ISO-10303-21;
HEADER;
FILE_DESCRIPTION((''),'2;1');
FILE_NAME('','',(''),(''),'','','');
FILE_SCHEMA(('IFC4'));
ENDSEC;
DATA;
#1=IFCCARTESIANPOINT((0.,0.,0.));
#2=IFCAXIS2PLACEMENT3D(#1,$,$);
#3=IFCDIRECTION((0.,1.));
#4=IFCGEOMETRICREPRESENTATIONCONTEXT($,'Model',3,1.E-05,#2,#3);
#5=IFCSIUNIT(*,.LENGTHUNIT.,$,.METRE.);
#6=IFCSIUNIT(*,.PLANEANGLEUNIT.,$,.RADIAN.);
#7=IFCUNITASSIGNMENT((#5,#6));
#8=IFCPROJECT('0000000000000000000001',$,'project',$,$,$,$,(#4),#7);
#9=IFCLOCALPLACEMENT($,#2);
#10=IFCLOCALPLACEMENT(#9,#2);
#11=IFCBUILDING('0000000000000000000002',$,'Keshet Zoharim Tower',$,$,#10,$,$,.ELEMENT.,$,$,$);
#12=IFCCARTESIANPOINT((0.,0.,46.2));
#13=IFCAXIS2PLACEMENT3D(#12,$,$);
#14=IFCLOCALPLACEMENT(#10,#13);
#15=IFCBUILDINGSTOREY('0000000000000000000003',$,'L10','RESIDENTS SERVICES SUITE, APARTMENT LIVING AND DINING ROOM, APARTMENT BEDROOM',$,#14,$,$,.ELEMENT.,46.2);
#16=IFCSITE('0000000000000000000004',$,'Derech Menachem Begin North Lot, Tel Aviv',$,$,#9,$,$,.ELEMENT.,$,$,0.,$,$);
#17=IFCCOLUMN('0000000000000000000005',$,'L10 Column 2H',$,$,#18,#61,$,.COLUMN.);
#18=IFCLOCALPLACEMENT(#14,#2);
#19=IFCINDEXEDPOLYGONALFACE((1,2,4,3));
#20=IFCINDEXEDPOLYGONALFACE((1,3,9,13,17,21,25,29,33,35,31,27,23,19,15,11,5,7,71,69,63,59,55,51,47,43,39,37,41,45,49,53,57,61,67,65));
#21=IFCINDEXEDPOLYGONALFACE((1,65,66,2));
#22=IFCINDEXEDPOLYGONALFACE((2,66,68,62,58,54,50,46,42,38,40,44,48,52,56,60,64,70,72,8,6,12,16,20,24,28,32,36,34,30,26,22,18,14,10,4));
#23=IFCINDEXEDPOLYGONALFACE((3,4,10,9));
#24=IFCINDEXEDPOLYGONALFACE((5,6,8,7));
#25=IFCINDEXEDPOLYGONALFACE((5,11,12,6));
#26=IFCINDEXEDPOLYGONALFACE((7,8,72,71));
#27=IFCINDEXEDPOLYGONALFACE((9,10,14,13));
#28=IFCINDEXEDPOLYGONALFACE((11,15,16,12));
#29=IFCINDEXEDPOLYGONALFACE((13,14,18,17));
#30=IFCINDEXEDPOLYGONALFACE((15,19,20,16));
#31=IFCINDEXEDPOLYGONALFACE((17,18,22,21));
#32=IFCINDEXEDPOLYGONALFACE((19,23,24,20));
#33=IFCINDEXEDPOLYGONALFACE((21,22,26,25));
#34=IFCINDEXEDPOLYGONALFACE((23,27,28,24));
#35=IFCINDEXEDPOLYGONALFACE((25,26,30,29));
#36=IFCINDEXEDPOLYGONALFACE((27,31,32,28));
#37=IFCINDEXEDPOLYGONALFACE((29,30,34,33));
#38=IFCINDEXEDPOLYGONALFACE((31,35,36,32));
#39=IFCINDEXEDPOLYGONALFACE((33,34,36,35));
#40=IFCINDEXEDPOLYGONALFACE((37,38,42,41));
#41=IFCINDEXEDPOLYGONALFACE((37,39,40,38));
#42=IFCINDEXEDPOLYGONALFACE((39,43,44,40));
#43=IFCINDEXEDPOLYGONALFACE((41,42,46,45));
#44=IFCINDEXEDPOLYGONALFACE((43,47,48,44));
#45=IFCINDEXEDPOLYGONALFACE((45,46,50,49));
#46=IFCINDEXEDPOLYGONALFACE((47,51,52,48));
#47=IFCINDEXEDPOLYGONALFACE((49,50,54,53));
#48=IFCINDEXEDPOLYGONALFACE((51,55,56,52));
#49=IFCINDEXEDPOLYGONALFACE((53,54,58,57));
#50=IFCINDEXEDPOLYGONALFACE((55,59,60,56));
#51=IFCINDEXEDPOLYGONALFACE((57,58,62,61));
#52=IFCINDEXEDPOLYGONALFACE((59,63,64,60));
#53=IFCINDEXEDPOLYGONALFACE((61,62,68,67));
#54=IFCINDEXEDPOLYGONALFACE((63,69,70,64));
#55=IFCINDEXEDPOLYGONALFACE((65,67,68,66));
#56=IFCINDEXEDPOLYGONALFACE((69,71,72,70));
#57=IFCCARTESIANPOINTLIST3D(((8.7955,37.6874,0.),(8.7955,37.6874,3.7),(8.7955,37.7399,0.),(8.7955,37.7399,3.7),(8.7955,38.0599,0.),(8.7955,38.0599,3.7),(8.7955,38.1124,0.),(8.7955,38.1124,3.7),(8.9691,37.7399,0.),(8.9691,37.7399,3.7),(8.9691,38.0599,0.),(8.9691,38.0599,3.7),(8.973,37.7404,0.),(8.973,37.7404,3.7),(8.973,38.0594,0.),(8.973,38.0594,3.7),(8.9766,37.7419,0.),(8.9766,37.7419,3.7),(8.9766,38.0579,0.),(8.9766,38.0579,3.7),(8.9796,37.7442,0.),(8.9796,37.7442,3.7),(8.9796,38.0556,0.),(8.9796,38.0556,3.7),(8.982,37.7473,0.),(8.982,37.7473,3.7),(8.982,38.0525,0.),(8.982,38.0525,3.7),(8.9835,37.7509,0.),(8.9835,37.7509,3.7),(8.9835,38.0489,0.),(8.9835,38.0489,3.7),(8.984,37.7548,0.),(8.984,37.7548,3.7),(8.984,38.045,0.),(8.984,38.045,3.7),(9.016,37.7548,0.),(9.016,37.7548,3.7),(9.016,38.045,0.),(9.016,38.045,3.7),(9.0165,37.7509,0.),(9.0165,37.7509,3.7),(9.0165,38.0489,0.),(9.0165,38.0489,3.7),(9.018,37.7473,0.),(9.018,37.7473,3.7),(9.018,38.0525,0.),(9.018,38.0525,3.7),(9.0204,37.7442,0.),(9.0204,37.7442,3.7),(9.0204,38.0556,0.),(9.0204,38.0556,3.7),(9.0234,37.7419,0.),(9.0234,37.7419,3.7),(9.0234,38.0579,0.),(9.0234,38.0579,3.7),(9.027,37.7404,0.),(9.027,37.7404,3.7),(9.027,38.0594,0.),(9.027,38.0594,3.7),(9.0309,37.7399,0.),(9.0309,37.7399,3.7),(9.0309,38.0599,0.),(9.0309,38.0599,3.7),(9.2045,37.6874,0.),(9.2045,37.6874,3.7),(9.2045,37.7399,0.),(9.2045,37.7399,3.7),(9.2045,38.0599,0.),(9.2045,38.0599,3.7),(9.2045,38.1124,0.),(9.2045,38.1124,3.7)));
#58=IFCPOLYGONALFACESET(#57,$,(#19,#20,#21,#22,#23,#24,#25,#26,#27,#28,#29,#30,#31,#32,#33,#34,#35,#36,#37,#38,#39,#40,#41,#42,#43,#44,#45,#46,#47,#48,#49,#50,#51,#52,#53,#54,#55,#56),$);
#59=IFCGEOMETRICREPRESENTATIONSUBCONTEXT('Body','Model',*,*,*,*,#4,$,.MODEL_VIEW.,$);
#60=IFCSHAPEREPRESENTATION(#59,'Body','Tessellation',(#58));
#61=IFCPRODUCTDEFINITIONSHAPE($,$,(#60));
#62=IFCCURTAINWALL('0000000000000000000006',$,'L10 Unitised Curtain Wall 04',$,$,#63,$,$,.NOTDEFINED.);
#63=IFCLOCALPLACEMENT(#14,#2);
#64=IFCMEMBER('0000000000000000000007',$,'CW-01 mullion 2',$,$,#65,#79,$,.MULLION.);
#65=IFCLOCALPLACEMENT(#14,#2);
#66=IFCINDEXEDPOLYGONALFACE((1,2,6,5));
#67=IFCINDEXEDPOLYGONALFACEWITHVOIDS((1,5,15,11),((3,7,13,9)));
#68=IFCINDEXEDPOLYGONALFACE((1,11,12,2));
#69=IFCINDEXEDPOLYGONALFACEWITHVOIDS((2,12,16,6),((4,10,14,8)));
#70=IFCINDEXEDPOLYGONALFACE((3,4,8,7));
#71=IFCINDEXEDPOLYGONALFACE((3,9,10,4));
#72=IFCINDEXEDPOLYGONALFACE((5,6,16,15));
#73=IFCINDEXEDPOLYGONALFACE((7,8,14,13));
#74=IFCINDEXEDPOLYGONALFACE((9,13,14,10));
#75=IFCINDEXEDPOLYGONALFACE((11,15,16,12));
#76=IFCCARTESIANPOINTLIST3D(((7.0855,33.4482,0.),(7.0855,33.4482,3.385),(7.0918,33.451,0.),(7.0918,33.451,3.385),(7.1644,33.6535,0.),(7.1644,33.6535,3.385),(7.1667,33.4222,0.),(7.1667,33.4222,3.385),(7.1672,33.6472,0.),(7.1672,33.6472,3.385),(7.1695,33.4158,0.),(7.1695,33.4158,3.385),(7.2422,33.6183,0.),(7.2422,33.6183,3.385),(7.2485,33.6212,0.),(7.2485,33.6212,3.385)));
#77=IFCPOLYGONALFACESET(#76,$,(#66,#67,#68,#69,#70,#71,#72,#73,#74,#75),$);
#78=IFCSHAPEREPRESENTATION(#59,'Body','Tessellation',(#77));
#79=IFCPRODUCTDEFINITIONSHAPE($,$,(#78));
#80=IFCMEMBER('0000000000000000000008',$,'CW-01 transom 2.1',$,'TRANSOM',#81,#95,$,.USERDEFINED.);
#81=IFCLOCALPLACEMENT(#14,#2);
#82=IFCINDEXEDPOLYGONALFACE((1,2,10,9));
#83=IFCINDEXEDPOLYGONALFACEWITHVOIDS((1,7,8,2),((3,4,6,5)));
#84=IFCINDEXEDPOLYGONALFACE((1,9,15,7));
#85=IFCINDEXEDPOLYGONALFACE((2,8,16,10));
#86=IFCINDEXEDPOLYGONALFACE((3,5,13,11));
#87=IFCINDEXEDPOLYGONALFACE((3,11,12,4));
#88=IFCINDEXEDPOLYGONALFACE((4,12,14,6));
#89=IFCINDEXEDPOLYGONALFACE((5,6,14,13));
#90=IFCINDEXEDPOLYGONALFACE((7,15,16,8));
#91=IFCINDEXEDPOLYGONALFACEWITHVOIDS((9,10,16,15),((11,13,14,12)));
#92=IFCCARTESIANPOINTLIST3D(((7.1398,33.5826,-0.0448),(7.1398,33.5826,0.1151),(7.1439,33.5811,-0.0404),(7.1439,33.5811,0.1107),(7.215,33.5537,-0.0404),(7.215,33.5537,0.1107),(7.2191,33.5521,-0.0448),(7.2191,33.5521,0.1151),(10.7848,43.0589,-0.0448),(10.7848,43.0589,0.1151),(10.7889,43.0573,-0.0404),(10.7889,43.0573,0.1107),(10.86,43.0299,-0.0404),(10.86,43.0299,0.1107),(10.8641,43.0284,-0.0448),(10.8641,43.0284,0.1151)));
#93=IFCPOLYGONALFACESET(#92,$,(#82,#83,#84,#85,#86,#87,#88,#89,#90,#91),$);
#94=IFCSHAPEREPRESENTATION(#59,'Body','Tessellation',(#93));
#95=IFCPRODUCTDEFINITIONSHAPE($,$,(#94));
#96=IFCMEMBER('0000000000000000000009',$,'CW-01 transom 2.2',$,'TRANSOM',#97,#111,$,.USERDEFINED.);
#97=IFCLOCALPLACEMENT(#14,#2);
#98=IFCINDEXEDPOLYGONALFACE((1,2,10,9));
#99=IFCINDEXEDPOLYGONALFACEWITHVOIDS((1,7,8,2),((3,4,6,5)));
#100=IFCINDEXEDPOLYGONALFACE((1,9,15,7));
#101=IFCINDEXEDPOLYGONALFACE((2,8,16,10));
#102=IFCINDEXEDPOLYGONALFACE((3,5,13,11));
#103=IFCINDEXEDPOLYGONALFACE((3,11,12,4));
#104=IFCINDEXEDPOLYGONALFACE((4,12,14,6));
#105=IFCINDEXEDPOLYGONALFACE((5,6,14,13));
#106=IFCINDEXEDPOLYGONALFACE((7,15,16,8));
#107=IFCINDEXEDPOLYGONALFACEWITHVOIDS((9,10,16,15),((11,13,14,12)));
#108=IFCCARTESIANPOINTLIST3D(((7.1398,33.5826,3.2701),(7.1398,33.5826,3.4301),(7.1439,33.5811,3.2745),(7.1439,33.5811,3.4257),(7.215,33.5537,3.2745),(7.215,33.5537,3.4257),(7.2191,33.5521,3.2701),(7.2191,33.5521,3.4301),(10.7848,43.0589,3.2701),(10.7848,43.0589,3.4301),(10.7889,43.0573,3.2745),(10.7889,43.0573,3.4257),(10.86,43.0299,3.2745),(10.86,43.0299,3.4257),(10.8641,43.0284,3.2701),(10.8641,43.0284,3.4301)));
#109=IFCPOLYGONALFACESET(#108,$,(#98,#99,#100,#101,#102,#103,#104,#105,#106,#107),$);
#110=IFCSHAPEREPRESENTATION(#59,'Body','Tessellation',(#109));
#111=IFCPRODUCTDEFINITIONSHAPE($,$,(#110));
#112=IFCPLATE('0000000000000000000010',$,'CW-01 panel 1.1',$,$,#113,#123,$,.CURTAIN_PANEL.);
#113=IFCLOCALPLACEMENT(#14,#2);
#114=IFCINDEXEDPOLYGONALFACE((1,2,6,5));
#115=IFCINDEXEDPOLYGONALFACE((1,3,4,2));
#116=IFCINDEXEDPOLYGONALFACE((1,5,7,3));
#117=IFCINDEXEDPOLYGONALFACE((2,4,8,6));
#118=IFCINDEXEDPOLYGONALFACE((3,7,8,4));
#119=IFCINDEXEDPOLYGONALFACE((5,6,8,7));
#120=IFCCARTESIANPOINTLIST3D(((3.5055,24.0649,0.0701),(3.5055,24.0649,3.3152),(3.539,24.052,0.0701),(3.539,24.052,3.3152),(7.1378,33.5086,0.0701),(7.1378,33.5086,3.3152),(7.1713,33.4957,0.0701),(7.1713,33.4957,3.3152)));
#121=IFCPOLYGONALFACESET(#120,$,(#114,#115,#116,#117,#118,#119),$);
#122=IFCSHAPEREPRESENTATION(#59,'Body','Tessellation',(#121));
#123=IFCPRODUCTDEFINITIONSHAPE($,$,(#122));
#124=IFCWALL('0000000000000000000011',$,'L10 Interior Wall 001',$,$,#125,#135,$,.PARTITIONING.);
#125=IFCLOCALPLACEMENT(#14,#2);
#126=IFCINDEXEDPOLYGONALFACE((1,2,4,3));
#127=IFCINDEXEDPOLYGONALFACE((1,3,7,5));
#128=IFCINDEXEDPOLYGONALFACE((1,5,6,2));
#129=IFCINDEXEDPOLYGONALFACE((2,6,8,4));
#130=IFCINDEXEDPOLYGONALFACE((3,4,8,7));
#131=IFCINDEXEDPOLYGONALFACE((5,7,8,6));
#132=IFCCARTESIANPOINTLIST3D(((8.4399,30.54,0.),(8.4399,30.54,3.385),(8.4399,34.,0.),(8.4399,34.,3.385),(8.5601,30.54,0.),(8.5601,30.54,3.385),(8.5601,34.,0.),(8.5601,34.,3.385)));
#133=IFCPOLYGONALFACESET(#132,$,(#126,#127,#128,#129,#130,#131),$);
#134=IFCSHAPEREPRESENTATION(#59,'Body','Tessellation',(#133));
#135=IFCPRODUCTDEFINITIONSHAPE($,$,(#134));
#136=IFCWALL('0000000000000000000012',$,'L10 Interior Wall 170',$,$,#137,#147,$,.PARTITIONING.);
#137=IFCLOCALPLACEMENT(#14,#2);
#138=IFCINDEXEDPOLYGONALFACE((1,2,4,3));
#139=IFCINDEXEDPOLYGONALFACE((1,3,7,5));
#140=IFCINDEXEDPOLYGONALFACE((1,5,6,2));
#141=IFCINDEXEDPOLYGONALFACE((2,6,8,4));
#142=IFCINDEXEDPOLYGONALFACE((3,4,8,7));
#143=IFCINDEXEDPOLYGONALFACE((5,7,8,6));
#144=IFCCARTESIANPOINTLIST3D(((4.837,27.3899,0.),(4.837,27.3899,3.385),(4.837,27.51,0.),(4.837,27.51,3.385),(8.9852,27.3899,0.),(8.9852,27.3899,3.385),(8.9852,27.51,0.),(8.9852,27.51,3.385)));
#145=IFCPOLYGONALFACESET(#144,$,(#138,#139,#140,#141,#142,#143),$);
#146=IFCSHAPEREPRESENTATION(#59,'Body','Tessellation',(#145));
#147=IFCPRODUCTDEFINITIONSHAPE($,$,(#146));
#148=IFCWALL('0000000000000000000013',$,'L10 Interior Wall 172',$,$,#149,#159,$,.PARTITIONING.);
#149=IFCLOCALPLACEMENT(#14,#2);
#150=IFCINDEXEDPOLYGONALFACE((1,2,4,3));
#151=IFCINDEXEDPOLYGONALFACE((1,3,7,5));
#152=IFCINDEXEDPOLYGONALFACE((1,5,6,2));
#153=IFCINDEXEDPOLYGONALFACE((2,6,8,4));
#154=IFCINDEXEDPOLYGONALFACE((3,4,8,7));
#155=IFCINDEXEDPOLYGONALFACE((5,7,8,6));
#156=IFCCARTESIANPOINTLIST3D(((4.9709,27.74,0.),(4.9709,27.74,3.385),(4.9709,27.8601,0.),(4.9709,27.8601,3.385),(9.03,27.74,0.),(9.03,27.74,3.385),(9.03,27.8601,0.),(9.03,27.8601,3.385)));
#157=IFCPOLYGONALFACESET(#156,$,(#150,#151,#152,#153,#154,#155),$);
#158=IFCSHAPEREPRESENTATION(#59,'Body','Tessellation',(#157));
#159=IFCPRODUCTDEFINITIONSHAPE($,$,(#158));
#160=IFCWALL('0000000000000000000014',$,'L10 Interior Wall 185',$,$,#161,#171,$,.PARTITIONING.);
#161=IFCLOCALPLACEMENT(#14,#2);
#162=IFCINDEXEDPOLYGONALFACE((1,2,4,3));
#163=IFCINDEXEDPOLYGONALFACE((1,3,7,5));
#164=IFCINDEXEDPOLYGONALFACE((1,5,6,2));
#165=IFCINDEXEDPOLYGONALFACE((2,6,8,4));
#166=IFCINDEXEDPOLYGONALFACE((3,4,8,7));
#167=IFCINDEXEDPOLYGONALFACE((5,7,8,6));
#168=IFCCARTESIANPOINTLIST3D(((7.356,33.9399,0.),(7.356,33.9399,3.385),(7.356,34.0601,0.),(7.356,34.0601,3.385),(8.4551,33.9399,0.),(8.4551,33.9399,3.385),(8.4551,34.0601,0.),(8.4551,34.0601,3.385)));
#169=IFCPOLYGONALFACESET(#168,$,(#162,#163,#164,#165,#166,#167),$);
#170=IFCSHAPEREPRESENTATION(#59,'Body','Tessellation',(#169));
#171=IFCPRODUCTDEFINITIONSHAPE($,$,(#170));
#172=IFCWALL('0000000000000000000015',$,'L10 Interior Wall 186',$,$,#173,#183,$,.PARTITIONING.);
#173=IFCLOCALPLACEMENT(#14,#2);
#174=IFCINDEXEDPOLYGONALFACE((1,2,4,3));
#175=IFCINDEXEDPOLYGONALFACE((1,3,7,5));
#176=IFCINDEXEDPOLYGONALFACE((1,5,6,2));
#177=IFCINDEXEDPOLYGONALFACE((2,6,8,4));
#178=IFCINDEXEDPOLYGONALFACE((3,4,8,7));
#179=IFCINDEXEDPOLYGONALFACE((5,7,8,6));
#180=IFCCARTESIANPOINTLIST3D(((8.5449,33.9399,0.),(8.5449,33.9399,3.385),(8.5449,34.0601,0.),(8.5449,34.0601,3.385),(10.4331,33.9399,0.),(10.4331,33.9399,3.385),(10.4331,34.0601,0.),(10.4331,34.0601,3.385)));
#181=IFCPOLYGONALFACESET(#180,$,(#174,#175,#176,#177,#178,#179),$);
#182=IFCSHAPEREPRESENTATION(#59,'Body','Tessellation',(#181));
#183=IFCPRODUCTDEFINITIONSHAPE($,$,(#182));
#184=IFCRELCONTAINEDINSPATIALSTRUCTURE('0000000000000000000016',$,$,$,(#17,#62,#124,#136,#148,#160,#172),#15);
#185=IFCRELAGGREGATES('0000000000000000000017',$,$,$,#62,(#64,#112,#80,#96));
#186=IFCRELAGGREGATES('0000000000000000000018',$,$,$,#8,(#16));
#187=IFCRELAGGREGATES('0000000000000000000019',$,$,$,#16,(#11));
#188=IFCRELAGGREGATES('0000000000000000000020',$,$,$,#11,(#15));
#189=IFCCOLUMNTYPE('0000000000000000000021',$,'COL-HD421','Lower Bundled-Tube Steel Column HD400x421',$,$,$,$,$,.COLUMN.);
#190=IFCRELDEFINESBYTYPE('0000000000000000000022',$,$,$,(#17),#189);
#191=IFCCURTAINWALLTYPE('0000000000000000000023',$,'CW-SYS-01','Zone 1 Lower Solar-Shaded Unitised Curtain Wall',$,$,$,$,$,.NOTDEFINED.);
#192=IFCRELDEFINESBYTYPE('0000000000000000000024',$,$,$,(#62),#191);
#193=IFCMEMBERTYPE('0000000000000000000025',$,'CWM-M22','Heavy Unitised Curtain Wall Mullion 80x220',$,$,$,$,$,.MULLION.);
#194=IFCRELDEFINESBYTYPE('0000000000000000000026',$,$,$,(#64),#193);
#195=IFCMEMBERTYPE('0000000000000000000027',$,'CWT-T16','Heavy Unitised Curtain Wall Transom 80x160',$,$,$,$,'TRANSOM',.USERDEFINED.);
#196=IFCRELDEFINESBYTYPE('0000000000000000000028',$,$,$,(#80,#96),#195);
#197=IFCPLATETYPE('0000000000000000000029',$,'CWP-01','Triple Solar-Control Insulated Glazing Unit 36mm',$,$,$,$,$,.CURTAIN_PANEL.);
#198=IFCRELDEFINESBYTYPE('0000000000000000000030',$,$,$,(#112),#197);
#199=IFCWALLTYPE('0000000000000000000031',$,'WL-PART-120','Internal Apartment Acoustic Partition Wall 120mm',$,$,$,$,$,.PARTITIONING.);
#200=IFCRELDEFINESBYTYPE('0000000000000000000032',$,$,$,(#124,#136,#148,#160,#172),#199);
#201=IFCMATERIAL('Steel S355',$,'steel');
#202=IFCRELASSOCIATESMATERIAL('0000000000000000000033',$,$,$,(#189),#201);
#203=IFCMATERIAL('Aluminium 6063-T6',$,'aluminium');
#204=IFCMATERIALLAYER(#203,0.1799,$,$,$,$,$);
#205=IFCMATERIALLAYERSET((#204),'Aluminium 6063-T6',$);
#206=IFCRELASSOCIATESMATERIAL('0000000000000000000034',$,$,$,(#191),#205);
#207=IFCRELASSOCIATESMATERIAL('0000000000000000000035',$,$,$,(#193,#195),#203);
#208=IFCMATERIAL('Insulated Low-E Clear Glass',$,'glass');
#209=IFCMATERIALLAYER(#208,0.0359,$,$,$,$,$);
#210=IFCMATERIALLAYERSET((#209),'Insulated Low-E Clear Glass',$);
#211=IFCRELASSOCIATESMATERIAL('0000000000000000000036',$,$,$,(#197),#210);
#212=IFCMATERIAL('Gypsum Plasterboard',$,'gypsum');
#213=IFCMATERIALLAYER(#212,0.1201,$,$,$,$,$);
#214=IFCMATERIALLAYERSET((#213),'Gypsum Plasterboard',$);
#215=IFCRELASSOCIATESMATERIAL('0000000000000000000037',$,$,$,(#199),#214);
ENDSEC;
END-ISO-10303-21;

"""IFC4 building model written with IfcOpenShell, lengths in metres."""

from ifc_helpers import new_model, si_unit, direction, frame, frame_2d, origin, origin_2d, place, context, subcontext, project, spatial, rectangle, hollow_rectangle, i_section, extrude, material, layer, layer_set, material_profile, profile_set, type_object, element, aggregate, save


model = new_model("IFC4")

# Units and contexts
model_context = context("Model", 3, precision=1e-05, world=origin(), true_north=direction((0.0, 1.0)))
body_context = subcontext(model_context, "Body", "Model", "MODEL_VIEW")
ifc_project = project(units=[si_unit("LENGTHUNIT", "METRE"), si_unit("PLANEANGLEUNIT", "RADIAN")], contexts=[model_context])

# Site, building, storey
site_placement = place(None, origin())
site = spatial("IfcSite", under=ifc_project, at=site_placement, Name="Derech Menachem Begin North Lot, Tel Aviv", CompositionType="ELEMENT", RefElevation=0.0)
building_placement = place(site_placement, origin())
building = spatial("IfcBuilding", under=site, at=building_placement, Name="Keshet Zoharim Tower", CompositionType="ELEMENT")
storey_placement = place(building_placement, frame((0.0, 0.0, 46.2)))
storey = spatial("IfcBuildingStorey", under=building, at=storey_placement, Name="L10", Description="RESIDENTS SERVICES SUITE, APARTMENT LIVING AND DINING ROOM, APARTMENT BEDROOM", CompositionType="ELEMENT", Elevation=46.2)

# Column
ifc_material_1 = material(Name="Steel S355", Category="steel")
ifc_material_profile_1 = material_profile(ifc_material_1, i_section(OverallWidth=0.4089, OverallDepth=0.425, WebThickness=0.032, FlangeThickness=0.0525, FilletRadius=0.0149, at=origin_2d()), Name="HD400x421")
ifc_profile_set_1 = profile_set([ifc_material_profile_1], Name="Steel S355")
column_type = type_object("IfcColumnType", Name="COL-HD421", Description="Lower Bundled-Tube Steel Column HD400x421", PredefinedType="COLUMN", material=ifc_profile_set_1)
column_placement = place(storey_placement, frame((9.0, 37.8999, 0.0), z_axis=(0.0, 0.0, 1.0), x_axis=(1.0, 0.0, 0.0)))
element("IfcColumn", 1, at=column_placement, inside=storey, type_object=column_type, Name="L10 Column 2H", PredefinedType="COLUMN", context=body_context, shape_type="SweptSolid", body=[
    extrude(i_section(OverallWidth=0.4089, OverallDepth=0.425, WebThickness=0.032, FlangeThickness=0.0525, FilletRadius=0.0149, at=origin_2d()), origin(), (0.0, 0.0, 1.0), 3.7),
])

# Curtain wall, members, plate
ifc_material_2 = material(Name="Aluminium 6063-T6", Category="aluminium")
ifc_layer_1 = layer(ifc_material_2, 0.1799)
ifc_layer_set_1 = layer_set([ifc_layer_1], Name="Aluminium 6063-T6")
curtain_wall_type = type_object("IfcCurtainWallType", Name="CW-SYS-01", Description="Zone 1 Lower Solar-Shaded Unitised Curtain Wall", PredefinedType="NOTDEFINED", material=ifc_layer_set_1)
curtain_wall_placement = place(storey_placement, origin())
curtain_wall = element("IfcCurtainWall", 2, at=curtain_wall_placement, inside=storey, type_object=curtain_wall_type, Name="L10 Unitised Curtain Wall 04", PredefinedType="NOTDEFINED")
ifc_material_profile_2 = material_profile(ifc_material_2, hollow_rectangle(XDim=0.0901, YDim=0.22, WallThickness=0.0049, at=origin_2d()), Name="MUL-90x220")
ifc_profile_set_2 = profile_set([ifc_material_profile_2], Name="Aluminium 6063-T6")
member_type_1 = type_object("IfcMemberType", Name="CWM-M22", Description="Heavy Unitised Curtain Wall Mullion 80x220", PredefinedType="MULLION", material=ifc_profile_set_2)
member_1_placement = place(storey_placement, frame((7.167, 33.5347, 0.0), z_axis=(0.0, 0.0, 1.0), x_axis=(-0.933341, 0.35899, 0.0)))
member_1 = element("IfcMember", 3, at=member_1_placement, type_object=member_type_1, Name="CW-01 mullion 2", PredefinedType="MULLION", context=body_context, shape_type="SweptSolid", body=[
    extrude(hollow_rectangle(XDim=0.0901, YDim=0.22, WallThickness=0.0049, at=origin_2d()), origin(), (0.0, 0.0, 1.0), 3.385),
])
ifc_material_profile_3 = material_profile(ifc_material_2, hollow_rectangle(XDim=0.085, YDim=0.1599, WallThickness=0.0044, at=origin_2d()), Name="TRN-85x160")
ifc_profile_set_3 = profile_set([ifc_material_profile_3], Name="Aluminium 6063-T6")
member_type_2 = type_object("IfcMemberType", Name="CWT-T16", Description="Heavy Unitised Curtain Wall Transom 80x160", ElementType="TRANSOM", PredefinedType="USERDEFINED", material=ifc_profile_set_3)
member_2_placement = place(storey_placement, frame((7.1794, 33.5674, 0.0352), z_axis=(0.359003, 0.933336, 0.0), x_axis=(-0.933336, 0.359003, 0.0)))
member_2 = element("IfcMember", 4, at=member_2_placement, type_object=member_type_2, Name="CW-01 transom 2.1", ObjectType="TRANSOM", PredefinedType="USERDEFINED", context=body_context, shape_type="SweptSolid", body=[
    extrude(hollow_rectangle(XDim=0.085, YDim=0.1599, WallThickness=0.0044, at=origin_2d()), origin(), (0.0, 0.0, 1.0), 10.1531),
])
member_3_placement = place(storey_placement, frame((7.1794, 33.5674, 3.3501), z_axis=(0.359003, 0.933336, 0.0), x_axis=(-0.933336, 0.359003, 0.0)))
member_3 = element("IfcMember", 5, at=member_3_placement, type_object=member_type_2, Name="CW-01 transom 2.2", ObjectType="TRANSOM", PredefinedType="USERDEFINED", context=body_context, shape_type="SweptSolid", body=[
    extrude(hollow_rectangle(XDim=0.085, YDim=0.1599, WallThickness=0.0044, at=origin_2d()), origin(), (0.0, 0.0, 1.0), 10.1531),
])
ifc_material_3 = material(Name="Insulated Low-E Clear Glass", Category="glass")
ifc_layer_2 = layer(ifc_material_3, 0.0359)
ifc_layer_set_2 = layer_set([ifc_layer_2], Name="Insulated Low-E Clear Glass")
plate_type = type_object("IfcPlateType", Name="CWP-01", Description="Triple Solar-Control Insulated Glazing Unit 36mm", PredefinedType="CURTAIN_PANEL", material=ifc_layer_set_2)
plate_placement = place(storey_placement, frame((5.3384, 28.7803, 0.0701), z_axis=(0.0, 0.0, 1.0), x_axis=(0.35899, 0.933341, 0.0)))
plate = element("IfcPlate", 6, at=plate_placement, type_object=plate_type, Name="CW-01 panel 1.1", PredefinedType="CURTAIN_PANEL", context=body_context, shape_type="SweptSolid", body=[
    extrude(rectangle(XDim=10.1182, YDim=0.0359, at=origin_2d()), origin(), (0.0, 0.0, 1.0), 3.2451),
])
aggregate(curtain_wall, [member_1, plate, member_2, member_3])

# Wall
ifc_material_4 = material(Name="Gypsum Plasterboard", Category="gypsum")
ifc_layer_3 = layer(ifc_material_4, 0.1201)
ifc_layer_set_3 = layer_set([ifc_layer_3], Name="Gypsum Plasterboard")
wall_type_1 = type_object("IfcWallType", Name="WL-PART-120", Description="Internal Apartment Acoustic Partition Wall 120mm", PredefinedType="PARTITIONING", material=ifc_layer_set_3)
wall_1_placement = place(storey_placement, frame((8.5, 30.54, 0.0), z_axis=(0.0, 0.0, 1.0), x_axis=(0.0, 1.0, 0.0)))
element("IfcWall", 7, at=wall_1_placement, inside=storey, type_object=wall_type_1, Name="L10 Interior Wall 001", PredefinedType="PARTITIONING", context=body_context, shape_type="SweptSolid", body=[
    extrude(rectangle(XDim=3.46, YDim=0.1201, at=frame_2d((1.73, 0.0))), origin(), (0.0, 0.0, 1.0), 3.385),
])

# Walls
wall_2_placement = place(storey_placement, frame((4.8369, 27.45, 0.0), z_axis=(0.0, 0.0, 1.0), x_axis=(1.0, 0.0, 0.0)))
element("IfcWall", 8, at=wall_2_placement, inside=storey, type_object=wall_type_1, Name="L10 Interior Wall 170", PredefinedType="PARTITIONING", context=body_context, shape_type="SweptSolid", body=[
    extrude(rectangle(XDim=4.1482, YDim=0.1201, at=frame_2d((2.0742, 0.0))), origin(), (0.0, 0.0, 1.0), 3.385),
])
wall_3_placement = place(storey_placement, frame((4.9709, 27.8, 0.0), z_axis=(0.0, 0.0, 1.0), x_axis=(1.0, 0.0, 0.0)))
element("IfcWall", 9, at=wall_3_placement, inside=storey, type_object=wall_type_1, Name="L10 Interior Wall 172", PredefinedType="PARTITIONING", context=body_context, shape_type="SweptSolid", body=[
    extrude(rectangle(XDim=4.0591, YDim=0.1201, at=frame_2d((2.0295, 0.0))), origin(), (0.0, 0.0, 1.0), 3.385),
])

# Walls
wall_4_placement = place(storey_placement, frame((7.356, 34.0, 0.0), z_axis=(0.0, 0.0, 1.0), x_axis=(1.0, 0.0, 0.0)))
element("IfcWall", 10, at=wall_4_placement, inside=storey, type_object=wall_type_1, Name="L10 Interior Wall 185", PredefinedType="PARTITIONING", context=body_context, shape_type="SweptSolid", body=[
    extrude(rectangle(XDim=1.0991, YDim=0.1201, at=frame_2d((0.5496, 0.0))), origin(), (0.0, 0.0, 1.0), 3.385),
])
wall_5_placement = place(storey_placement, frame((8.5449, 34.0, 0.0), z_axis=(0.0, 0.0, 1.0), x_axis=(1.0, 0.0, 0.0)))
element("IfcWall", 11, at=wall_5_placement, inside=storey, type_object=wall_type_1, Name="L10 Interior Wall 186", PredefinedType="PARTITIONING", context=body_context, shape_type="SweptSolid", body=[
    extrude(rectangle(XDim=1.8882, YDim=0.1201, at=frame_2d((0.9441, 0.0))), origin(), (0.0, 0.0, 1.0), 3.385),
])

save(model, "model.ifc")
